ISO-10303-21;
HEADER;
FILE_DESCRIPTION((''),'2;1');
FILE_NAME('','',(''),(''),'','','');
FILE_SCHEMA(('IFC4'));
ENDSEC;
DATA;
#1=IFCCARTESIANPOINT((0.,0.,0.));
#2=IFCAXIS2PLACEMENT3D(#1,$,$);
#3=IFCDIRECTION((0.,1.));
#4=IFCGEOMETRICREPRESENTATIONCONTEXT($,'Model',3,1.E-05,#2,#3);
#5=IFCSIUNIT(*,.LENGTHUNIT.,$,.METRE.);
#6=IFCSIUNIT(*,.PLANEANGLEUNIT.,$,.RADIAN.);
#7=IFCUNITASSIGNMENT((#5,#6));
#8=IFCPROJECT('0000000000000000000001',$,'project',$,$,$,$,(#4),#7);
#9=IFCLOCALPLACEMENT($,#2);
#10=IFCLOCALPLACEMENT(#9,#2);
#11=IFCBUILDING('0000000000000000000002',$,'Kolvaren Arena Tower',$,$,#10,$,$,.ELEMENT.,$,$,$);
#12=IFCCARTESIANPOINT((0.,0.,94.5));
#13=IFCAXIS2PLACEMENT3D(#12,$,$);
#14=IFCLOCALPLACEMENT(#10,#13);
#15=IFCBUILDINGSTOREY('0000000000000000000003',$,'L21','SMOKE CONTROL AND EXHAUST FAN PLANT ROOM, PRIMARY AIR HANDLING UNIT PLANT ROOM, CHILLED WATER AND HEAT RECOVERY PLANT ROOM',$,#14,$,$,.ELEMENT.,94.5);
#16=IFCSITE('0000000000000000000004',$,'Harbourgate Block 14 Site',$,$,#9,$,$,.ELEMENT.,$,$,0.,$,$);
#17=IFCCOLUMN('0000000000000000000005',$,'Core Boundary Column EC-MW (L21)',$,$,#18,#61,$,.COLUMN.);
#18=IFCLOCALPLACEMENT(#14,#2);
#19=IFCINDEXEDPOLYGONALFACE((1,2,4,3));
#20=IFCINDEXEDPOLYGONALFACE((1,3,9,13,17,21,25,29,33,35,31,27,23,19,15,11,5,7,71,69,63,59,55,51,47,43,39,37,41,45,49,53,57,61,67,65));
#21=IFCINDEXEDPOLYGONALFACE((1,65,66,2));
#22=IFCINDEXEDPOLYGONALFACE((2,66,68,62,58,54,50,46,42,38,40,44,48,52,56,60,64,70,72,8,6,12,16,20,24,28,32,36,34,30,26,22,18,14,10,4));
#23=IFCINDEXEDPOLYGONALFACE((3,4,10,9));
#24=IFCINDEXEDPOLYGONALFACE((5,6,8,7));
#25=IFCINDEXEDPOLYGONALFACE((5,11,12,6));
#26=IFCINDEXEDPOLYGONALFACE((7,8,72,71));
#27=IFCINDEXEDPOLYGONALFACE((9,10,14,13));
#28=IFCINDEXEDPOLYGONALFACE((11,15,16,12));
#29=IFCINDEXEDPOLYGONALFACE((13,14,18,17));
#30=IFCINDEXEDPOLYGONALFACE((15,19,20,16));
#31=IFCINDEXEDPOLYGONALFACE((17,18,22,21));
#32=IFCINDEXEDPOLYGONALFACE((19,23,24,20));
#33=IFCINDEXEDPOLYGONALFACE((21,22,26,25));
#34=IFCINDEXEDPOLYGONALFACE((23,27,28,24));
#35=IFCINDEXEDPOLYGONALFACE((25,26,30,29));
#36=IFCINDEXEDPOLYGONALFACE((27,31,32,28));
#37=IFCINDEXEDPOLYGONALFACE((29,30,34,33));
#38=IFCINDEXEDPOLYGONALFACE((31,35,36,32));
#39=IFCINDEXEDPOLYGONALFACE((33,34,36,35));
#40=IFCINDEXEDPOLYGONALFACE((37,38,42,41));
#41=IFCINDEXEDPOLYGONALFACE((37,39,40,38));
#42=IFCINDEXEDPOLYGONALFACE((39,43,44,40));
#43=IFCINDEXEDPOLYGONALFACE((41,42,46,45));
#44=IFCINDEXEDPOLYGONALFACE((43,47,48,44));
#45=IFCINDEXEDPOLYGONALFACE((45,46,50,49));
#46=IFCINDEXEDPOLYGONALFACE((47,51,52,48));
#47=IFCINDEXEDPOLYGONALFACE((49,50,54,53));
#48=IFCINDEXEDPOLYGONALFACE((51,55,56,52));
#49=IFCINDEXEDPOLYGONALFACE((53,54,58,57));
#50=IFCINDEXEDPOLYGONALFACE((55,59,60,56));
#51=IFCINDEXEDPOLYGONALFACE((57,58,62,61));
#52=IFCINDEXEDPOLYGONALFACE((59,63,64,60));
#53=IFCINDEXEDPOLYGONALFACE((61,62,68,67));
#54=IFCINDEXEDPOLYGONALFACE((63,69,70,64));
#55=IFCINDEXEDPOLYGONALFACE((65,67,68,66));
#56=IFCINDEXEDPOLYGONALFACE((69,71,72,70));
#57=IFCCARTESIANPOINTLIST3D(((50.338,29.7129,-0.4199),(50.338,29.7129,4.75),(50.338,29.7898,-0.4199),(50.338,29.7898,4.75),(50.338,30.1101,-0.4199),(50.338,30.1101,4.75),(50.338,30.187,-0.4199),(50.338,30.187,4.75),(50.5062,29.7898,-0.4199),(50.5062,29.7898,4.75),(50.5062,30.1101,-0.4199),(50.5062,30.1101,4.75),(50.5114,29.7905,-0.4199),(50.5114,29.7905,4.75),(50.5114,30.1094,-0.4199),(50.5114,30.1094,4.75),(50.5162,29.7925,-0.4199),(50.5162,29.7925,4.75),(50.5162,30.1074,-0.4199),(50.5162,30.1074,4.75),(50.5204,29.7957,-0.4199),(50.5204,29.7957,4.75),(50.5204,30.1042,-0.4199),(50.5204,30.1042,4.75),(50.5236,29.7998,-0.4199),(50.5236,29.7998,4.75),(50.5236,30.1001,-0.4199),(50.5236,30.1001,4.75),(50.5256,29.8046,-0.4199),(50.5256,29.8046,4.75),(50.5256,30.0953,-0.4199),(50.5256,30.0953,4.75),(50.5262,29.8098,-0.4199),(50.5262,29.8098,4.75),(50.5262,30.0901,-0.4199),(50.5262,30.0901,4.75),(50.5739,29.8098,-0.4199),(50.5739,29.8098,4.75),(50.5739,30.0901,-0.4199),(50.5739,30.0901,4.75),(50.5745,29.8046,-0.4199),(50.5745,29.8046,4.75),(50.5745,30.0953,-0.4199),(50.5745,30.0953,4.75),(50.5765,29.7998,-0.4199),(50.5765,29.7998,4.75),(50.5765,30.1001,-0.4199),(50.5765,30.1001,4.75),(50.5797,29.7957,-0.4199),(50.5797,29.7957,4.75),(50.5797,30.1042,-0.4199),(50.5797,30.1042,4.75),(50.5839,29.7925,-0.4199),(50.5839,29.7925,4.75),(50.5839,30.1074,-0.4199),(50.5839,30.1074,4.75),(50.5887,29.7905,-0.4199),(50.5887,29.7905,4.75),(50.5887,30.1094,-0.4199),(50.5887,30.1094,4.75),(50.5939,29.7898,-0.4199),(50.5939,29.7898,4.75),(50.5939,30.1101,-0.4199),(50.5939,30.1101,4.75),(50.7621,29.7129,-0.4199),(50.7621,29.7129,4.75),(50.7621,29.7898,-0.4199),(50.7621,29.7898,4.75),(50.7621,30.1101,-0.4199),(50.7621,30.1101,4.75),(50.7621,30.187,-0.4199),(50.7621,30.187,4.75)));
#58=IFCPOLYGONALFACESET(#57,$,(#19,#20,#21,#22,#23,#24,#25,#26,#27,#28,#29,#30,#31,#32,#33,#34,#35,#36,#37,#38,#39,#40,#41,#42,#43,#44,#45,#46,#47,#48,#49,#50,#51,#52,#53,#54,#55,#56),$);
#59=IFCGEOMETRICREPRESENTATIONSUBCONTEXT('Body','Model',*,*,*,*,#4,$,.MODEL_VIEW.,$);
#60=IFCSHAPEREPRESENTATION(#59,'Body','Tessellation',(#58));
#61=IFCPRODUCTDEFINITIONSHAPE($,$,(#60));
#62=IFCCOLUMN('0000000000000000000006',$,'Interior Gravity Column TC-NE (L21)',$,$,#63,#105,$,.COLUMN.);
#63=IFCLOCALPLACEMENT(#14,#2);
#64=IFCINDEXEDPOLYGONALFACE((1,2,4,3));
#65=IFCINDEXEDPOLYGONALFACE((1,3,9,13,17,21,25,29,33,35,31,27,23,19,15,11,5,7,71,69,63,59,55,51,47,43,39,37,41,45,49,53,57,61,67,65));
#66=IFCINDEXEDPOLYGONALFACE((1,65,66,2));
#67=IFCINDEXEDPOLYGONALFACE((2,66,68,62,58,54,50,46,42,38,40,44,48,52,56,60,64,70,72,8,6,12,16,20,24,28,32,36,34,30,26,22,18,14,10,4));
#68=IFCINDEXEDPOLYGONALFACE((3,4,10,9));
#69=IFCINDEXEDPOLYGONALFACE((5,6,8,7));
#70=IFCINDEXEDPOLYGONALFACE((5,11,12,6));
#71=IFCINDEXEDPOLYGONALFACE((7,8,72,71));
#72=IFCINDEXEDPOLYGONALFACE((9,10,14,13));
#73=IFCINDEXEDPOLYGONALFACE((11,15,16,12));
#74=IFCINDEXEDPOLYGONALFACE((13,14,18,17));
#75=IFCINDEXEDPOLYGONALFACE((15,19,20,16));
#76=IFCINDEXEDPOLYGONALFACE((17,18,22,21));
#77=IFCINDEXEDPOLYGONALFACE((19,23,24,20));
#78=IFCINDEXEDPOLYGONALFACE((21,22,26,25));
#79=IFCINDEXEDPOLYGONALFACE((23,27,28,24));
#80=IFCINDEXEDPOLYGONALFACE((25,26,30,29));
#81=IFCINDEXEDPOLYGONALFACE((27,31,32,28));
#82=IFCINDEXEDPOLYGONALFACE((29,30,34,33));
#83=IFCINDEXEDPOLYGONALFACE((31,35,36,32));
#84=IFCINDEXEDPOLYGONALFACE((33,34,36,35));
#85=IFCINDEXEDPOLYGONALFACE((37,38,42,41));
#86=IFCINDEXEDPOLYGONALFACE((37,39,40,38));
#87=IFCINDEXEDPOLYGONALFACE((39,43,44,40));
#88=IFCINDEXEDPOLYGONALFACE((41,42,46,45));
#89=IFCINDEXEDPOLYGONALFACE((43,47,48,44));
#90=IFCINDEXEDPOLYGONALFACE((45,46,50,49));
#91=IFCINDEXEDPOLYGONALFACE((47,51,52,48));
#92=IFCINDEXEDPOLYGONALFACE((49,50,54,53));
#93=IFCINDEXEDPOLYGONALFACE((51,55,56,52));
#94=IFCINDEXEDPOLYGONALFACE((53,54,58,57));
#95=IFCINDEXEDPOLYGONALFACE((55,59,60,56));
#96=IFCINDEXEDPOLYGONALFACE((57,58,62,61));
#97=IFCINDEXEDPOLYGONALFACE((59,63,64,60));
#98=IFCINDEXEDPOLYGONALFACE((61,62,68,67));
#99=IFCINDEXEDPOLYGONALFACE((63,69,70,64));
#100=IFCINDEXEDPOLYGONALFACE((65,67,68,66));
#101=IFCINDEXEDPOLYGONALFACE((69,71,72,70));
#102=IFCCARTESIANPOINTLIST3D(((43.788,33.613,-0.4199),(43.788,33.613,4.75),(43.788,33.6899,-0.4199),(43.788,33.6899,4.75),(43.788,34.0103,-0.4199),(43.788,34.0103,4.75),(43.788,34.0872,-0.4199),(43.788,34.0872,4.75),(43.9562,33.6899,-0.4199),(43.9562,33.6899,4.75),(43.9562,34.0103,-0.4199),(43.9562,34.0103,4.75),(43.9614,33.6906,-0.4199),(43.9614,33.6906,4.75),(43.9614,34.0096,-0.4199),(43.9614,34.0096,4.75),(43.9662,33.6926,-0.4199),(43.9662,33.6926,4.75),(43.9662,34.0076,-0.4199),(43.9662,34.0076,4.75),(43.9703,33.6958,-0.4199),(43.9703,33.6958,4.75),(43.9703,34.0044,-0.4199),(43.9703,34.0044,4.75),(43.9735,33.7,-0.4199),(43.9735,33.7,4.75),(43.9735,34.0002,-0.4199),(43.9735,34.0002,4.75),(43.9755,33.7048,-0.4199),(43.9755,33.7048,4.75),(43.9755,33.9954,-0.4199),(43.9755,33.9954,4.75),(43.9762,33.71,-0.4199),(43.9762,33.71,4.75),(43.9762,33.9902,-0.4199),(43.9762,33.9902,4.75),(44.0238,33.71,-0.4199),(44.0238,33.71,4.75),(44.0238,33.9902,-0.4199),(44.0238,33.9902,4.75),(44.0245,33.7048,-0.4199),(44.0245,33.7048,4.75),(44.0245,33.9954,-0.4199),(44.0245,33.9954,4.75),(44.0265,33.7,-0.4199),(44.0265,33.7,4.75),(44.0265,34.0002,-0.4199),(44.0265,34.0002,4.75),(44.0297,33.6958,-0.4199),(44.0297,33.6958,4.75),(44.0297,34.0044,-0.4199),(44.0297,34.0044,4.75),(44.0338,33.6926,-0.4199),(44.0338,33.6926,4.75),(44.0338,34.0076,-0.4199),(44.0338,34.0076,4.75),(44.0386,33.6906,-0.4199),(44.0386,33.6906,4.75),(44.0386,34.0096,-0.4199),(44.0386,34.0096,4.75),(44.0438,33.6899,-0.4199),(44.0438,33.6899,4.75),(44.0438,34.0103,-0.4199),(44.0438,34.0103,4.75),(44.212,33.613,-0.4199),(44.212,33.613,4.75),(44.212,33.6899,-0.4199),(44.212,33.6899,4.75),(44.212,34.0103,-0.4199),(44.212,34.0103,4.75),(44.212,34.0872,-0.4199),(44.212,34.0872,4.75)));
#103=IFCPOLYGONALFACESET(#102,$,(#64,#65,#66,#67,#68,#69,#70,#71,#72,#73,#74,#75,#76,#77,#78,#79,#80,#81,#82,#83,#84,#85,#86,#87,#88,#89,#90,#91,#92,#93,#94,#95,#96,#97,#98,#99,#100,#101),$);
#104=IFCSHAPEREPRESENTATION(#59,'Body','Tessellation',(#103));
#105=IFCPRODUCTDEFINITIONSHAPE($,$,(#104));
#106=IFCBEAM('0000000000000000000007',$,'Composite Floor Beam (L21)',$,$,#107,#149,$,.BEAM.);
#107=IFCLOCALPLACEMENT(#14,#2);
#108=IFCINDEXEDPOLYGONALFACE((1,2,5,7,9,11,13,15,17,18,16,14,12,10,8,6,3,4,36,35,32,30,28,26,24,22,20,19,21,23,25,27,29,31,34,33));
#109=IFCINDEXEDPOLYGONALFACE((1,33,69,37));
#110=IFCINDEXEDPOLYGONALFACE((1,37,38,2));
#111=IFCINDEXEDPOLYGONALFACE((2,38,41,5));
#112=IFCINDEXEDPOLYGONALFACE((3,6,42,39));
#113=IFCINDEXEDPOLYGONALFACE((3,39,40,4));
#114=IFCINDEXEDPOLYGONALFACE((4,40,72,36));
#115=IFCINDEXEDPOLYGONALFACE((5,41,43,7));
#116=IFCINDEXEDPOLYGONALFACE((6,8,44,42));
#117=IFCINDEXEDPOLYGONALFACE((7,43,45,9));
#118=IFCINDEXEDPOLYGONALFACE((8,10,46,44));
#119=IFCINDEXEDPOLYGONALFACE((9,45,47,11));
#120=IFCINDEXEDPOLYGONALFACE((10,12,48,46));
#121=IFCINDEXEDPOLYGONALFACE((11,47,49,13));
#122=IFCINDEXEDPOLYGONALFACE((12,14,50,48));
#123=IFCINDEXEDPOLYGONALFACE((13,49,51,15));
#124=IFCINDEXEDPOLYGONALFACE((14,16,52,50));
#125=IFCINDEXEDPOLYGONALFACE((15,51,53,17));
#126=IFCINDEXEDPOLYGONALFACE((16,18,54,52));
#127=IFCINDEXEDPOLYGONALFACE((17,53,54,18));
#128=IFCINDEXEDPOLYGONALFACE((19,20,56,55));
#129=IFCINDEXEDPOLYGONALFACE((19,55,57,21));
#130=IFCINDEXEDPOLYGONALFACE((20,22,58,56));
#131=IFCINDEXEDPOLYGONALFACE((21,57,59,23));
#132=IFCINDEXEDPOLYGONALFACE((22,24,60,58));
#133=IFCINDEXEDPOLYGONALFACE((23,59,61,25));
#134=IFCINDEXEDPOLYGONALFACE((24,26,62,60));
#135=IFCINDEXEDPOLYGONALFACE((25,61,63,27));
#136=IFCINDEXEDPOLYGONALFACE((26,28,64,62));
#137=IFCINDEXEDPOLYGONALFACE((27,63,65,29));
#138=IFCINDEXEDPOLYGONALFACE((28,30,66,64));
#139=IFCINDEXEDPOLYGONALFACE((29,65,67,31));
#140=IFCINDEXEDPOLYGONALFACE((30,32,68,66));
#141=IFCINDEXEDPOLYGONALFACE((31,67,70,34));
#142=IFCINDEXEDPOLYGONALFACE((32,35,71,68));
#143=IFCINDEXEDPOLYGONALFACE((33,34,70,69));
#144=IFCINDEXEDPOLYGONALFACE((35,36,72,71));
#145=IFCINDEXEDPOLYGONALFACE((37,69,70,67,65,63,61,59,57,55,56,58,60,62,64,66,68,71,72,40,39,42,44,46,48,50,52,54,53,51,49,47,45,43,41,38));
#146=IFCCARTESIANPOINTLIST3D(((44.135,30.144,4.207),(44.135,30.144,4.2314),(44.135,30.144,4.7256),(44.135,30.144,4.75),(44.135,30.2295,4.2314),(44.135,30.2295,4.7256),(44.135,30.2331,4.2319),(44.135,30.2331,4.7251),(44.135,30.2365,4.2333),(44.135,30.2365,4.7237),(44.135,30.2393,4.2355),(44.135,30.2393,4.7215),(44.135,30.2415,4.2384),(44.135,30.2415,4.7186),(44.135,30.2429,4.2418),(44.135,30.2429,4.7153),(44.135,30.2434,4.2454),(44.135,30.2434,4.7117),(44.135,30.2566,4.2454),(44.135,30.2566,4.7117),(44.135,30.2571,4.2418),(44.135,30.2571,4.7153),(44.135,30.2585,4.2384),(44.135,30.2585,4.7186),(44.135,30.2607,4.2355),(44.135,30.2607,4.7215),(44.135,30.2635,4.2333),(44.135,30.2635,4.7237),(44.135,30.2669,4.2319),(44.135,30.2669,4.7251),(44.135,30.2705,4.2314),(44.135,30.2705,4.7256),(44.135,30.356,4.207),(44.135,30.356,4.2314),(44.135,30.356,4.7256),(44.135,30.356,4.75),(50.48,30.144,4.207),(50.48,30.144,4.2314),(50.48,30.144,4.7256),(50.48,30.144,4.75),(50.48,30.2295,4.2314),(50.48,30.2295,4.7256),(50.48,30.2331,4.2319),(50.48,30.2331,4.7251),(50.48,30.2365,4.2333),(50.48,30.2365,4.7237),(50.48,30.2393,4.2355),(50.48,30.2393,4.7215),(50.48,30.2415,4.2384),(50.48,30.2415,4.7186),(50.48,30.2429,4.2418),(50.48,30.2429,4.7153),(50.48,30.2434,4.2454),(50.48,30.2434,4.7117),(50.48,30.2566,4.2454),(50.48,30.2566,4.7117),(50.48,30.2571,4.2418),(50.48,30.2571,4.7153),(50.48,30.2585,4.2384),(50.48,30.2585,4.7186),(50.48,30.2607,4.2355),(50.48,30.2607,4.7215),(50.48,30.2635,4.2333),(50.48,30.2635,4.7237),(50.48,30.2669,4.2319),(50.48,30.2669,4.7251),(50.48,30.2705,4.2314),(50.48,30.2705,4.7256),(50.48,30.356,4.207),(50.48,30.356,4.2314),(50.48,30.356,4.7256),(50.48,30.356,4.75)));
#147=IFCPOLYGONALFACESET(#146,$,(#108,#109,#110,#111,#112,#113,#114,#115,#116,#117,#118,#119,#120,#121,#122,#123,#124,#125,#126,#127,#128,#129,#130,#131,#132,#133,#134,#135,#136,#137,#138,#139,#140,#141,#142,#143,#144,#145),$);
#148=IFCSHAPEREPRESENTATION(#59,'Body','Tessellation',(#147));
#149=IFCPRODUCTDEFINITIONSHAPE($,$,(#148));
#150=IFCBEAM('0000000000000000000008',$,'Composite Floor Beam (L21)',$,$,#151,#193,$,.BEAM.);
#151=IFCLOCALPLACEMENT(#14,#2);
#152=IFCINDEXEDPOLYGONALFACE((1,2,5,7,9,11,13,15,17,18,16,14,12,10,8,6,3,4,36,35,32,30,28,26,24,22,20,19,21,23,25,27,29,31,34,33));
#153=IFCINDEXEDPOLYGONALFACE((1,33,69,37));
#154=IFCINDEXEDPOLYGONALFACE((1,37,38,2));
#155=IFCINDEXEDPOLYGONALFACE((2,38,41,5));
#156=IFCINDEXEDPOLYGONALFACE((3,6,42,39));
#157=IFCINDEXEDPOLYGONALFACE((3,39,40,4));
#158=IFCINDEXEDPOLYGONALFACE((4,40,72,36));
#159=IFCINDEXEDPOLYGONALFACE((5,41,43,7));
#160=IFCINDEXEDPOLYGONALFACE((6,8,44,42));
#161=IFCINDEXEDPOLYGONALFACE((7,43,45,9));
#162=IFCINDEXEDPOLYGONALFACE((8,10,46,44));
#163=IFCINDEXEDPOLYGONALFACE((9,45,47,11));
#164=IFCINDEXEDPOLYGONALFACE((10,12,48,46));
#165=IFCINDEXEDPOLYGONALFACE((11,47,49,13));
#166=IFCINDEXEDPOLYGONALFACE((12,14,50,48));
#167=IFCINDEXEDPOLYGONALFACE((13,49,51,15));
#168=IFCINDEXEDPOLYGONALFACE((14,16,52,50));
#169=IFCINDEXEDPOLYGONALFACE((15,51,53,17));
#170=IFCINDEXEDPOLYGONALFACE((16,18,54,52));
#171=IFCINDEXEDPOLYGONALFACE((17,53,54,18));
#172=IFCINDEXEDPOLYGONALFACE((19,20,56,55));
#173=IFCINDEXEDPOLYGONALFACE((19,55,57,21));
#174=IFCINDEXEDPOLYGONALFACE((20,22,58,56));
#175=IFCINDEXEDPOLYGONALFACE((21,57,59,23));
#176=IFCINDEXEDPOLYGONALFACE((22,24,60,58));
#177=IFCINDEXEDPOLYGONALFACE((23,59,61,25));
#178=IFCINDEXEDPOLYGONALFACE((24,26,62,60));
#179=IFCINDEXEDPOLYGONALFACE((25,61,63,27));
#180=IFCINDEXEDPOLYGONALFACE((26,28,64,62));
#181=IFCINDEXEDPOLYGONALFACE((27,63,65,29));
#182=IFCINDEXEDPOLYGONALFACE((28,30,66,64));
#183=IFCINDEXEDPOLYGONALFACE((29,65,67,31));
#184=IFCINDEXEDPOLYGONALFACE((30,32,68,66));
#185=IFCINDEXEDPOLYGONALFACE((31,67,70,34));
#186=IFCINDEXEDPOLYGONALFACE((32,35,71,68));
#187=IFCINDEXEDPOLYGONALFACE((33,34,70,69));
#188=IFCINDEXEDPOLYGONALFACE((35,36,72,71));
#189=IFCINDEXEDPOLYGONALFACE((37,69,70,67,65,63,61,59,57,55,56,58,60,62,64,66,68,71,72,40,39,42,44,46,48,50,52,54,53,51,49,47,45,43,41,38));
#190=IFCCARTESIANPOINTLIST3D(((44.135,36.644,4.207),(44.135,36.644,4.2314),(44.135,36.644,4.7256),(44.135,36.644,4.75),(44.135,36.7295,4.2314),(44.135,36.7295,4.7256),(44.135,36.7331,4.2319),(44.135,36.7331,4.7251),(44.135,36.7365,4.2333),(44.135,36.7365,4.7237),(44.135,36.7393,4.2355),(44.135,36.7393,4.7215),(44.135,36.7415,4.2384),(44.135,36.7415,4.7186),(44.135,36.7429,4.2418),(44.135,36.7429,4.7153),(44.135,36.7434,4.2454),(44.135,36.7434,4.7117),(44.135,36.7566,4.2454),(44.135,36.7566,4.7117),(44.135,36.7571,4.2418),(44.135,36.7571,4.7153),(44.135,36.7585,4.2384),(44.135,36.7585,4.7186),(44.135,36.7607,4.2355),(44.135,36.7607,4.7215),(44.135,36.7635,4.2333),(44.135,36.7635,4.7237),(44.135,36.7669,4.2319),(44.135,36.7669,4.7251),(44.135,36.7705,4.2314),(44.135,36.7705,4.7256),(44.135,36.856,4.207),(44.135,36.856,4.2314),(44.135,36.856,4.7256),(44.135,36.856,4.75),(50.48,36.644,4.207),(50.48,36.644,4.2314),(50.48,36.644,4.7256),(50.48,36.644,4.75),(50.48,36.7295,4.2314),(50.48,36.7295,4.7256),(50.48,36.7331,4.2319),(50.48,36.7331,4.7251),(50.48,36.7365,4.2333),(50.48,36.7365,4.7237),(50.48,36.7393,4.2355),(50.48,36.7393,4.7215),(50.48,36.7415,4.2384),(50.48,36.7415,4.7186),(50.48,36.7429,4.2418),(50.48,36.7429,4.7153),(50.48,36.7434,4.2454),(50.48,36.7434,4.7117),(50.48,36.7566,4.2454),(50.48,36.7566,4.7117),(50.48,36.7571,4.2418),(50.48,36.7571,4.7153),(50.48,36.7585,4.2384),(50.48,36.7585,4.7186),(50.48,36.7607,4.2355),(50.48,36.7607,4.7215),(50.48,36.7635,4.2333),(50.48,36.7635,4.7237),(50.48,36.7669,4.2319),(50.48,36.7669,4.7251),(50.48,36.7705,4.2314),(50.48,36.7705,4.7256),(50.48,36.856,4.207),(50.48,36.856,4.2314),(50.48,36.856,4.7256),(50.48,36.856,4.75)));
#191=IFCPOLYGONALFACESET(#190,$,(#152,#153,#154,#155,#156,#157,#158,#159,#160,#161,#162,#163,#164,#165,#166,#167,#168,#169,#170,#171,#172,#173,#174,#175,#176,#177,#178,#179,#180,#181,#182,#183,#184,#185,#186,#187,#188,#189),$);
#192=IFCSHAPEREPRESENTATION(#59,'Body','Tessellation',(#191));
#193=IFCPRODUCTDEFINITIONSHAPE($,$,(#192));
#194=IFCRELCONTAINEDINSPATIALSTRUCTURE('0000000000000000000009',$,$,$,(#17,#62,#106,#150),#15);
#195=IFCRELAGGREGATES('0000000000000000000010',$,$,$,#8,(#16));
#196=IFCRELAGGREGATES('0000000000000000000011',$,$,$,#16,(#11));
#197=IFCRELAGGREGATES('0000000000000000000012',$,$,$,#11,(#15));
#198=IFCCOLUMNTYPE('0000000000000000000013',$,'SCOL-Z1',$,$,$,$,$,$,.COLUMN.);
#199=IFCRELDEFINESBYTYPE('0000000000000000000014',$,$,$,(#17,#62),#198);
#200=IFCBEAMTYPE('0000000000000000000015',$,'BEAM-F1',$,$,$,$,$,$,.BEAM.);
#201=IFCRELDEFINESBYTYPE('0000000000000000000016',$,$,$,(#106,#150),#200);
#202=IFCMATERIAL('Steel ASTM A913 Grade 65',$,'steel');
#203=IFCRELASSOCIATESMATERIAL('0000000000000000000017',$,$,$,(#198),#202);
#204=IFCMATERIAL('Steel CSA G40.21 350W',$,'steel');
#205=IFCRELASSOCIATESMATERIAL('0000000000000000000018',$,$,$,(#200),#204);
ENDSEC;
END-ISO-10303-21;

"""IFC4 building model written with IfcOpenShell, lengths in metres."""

from ifc_helpers import new_model, si_unit, direction, frame, origin, origin_2d, place, context, subcontext, project, spatial, i_section, extrude, material, material_profile, profile_set, type_object, element, save


model = new_model("IFC4")

# Units and contexts
model_context = context("Model", 3, precision=1e-05, world=origin(), true_north=direction((0.0, 1.0)))
body_context = subcontext(model_context, "Body", "Model", "MODEL_VIEW")
ifc_project = project(units=[si_unit("LENGTHUNIT", "METRE"), si_unit("PLANEANGLEUNIT", "RADIAN")], contexts=[model_context])

# Site, building, storey
site_placement = place(None, origin())
site = spatial("IfcSite", under=ifc_project, at=site_placement, Name="Harbourgate Block 14 Site", CompositionType="ELEMENT", RefElevation=0.0)
building_placement = place(site_placement, origin())
building = spatial("IfcBuilding", under=site, at=building_placement, Name="Kolvaren Arena Tower", CompositionType="ELEMENT")
storey_placement = place(building_placement, frame((0.0, 0.0, 94.5)))
storey = spatial("IfcBuildingStorey", under=building, at=storey_placement, Name="L21", Description="SMOKE CONTROL AND EXHAUST FAN PLANT ROOM, PRIMARY AIR HANDLING UNIT PLANT ROOM, CHILLED WATER AND HEAT RECOVERY PLANT ROOM", CompositionType="ELEMENT", Elevation=94.5)

# Columns
ifc_material_1 = material(Name="Steel ASTM A913 Grade 65", Category="steel")
ifc_material_profile_1 = material_profile(ifc_material_1, i_section(OverallWidth=0.4241, OverallDepth=0.4741, WebThickness=0.0476, FlangeThickness=0.0769, FilletRadius=0.02, at=origin_2d()), Name="W360x634")
ifc_profile_set_1 = profile_set([ifc_material_profile_1], Name="Steel ASTM A913 Grade 65")
column_type = type_object("IfcColumnType", Name="SCOL-Z1", PredefinedType="COLUMN", material=ifc_profile_set_1)
for number, where, z_axis, x_axis, name in (
    (1, (50.55, 29.95, -0.4199), (0.0, 0.0, 1.0), (1.0, 0.0, 0.0), "Core Boundary Column EC-MW (L21)"),
    (2, (44.0, 33.8501, -0.4199), (0.0, 0.0, 1.0), (1.0, 0.0, 0.0), "Interior Gravity Column TC-NE (L21)"),
):
    element("IfcColumn", number, at=place(storey_placement, frame(where, z_axis=z_axis, x_axis=x_axis)), inside=storey, type_object=column_type, Name=name, PredefinedType="COLUMN", context=body_context, shape_type="SweptSolid", body=[
        extrude(i_section(OverallWidth=0.4241, OverallDepth=0.4741, WebThickness=0.0476, FlangeThickness=0.0769, FilletRadius=0.02, at=origin_2d()), origin(), (0.0, 0.0, 1.0), 5.1699),
    ])

# Beams
ifc_material_2 = material(Name="Steel CSA G40.21 350W", Category="steel")
ifc_material_profile_2 = material_profile(ifc_material_2, i_section(OverallWidth=0.2119, OverallDepth=0.543, WebThickness=0.0132, FlangeThickness=0.0244, FilletRadius=0.0139, at=origin_2d()), Name="W530x150")
ifc_profile_set_2 = profile_set([ifc_material_profile_2], Name="Steel CSA G40.21 350W")
beam_type_1 = type_object("IfcBeamType", Name="BEAM-F1", PredefinedType="BEAM", material=ifc_profile_set_2)
for number, where, z_axis, x_axis, name in (
    (3, (44.135, 30.25, 4.4785), (1.0, 0.0, 0.0), (0.0, 1.0, 0.0), "Composite Floor Beam (L21)"),
    (4, (44.135, 36.75, 4.4785), (1.0, 0.0, 0.0), (0.0, 1.0, 0.0), "Composite Floor Beam (L21)"),
):
    element("IfcBeam", number, at=place(storey_placement, frame(where, z_axis=z_axis, x_axis=x_axis)), inside=storey, type_object=beam_type_1, Name=name, PredefinedType="BEAM", context=body_context, shape_type="SweptSolid", body=[
        extrude(i_section(OverallWidth=0.2119, OverallDepth=0.543, WebThickness=0.0132, FlangeThickness=0.0244, FilletRadius=0.0139, at=origin_2d()), origin(), (0.0, 0.0, 1.0), 6.345),
    ])

save(model, "model.ifc")
